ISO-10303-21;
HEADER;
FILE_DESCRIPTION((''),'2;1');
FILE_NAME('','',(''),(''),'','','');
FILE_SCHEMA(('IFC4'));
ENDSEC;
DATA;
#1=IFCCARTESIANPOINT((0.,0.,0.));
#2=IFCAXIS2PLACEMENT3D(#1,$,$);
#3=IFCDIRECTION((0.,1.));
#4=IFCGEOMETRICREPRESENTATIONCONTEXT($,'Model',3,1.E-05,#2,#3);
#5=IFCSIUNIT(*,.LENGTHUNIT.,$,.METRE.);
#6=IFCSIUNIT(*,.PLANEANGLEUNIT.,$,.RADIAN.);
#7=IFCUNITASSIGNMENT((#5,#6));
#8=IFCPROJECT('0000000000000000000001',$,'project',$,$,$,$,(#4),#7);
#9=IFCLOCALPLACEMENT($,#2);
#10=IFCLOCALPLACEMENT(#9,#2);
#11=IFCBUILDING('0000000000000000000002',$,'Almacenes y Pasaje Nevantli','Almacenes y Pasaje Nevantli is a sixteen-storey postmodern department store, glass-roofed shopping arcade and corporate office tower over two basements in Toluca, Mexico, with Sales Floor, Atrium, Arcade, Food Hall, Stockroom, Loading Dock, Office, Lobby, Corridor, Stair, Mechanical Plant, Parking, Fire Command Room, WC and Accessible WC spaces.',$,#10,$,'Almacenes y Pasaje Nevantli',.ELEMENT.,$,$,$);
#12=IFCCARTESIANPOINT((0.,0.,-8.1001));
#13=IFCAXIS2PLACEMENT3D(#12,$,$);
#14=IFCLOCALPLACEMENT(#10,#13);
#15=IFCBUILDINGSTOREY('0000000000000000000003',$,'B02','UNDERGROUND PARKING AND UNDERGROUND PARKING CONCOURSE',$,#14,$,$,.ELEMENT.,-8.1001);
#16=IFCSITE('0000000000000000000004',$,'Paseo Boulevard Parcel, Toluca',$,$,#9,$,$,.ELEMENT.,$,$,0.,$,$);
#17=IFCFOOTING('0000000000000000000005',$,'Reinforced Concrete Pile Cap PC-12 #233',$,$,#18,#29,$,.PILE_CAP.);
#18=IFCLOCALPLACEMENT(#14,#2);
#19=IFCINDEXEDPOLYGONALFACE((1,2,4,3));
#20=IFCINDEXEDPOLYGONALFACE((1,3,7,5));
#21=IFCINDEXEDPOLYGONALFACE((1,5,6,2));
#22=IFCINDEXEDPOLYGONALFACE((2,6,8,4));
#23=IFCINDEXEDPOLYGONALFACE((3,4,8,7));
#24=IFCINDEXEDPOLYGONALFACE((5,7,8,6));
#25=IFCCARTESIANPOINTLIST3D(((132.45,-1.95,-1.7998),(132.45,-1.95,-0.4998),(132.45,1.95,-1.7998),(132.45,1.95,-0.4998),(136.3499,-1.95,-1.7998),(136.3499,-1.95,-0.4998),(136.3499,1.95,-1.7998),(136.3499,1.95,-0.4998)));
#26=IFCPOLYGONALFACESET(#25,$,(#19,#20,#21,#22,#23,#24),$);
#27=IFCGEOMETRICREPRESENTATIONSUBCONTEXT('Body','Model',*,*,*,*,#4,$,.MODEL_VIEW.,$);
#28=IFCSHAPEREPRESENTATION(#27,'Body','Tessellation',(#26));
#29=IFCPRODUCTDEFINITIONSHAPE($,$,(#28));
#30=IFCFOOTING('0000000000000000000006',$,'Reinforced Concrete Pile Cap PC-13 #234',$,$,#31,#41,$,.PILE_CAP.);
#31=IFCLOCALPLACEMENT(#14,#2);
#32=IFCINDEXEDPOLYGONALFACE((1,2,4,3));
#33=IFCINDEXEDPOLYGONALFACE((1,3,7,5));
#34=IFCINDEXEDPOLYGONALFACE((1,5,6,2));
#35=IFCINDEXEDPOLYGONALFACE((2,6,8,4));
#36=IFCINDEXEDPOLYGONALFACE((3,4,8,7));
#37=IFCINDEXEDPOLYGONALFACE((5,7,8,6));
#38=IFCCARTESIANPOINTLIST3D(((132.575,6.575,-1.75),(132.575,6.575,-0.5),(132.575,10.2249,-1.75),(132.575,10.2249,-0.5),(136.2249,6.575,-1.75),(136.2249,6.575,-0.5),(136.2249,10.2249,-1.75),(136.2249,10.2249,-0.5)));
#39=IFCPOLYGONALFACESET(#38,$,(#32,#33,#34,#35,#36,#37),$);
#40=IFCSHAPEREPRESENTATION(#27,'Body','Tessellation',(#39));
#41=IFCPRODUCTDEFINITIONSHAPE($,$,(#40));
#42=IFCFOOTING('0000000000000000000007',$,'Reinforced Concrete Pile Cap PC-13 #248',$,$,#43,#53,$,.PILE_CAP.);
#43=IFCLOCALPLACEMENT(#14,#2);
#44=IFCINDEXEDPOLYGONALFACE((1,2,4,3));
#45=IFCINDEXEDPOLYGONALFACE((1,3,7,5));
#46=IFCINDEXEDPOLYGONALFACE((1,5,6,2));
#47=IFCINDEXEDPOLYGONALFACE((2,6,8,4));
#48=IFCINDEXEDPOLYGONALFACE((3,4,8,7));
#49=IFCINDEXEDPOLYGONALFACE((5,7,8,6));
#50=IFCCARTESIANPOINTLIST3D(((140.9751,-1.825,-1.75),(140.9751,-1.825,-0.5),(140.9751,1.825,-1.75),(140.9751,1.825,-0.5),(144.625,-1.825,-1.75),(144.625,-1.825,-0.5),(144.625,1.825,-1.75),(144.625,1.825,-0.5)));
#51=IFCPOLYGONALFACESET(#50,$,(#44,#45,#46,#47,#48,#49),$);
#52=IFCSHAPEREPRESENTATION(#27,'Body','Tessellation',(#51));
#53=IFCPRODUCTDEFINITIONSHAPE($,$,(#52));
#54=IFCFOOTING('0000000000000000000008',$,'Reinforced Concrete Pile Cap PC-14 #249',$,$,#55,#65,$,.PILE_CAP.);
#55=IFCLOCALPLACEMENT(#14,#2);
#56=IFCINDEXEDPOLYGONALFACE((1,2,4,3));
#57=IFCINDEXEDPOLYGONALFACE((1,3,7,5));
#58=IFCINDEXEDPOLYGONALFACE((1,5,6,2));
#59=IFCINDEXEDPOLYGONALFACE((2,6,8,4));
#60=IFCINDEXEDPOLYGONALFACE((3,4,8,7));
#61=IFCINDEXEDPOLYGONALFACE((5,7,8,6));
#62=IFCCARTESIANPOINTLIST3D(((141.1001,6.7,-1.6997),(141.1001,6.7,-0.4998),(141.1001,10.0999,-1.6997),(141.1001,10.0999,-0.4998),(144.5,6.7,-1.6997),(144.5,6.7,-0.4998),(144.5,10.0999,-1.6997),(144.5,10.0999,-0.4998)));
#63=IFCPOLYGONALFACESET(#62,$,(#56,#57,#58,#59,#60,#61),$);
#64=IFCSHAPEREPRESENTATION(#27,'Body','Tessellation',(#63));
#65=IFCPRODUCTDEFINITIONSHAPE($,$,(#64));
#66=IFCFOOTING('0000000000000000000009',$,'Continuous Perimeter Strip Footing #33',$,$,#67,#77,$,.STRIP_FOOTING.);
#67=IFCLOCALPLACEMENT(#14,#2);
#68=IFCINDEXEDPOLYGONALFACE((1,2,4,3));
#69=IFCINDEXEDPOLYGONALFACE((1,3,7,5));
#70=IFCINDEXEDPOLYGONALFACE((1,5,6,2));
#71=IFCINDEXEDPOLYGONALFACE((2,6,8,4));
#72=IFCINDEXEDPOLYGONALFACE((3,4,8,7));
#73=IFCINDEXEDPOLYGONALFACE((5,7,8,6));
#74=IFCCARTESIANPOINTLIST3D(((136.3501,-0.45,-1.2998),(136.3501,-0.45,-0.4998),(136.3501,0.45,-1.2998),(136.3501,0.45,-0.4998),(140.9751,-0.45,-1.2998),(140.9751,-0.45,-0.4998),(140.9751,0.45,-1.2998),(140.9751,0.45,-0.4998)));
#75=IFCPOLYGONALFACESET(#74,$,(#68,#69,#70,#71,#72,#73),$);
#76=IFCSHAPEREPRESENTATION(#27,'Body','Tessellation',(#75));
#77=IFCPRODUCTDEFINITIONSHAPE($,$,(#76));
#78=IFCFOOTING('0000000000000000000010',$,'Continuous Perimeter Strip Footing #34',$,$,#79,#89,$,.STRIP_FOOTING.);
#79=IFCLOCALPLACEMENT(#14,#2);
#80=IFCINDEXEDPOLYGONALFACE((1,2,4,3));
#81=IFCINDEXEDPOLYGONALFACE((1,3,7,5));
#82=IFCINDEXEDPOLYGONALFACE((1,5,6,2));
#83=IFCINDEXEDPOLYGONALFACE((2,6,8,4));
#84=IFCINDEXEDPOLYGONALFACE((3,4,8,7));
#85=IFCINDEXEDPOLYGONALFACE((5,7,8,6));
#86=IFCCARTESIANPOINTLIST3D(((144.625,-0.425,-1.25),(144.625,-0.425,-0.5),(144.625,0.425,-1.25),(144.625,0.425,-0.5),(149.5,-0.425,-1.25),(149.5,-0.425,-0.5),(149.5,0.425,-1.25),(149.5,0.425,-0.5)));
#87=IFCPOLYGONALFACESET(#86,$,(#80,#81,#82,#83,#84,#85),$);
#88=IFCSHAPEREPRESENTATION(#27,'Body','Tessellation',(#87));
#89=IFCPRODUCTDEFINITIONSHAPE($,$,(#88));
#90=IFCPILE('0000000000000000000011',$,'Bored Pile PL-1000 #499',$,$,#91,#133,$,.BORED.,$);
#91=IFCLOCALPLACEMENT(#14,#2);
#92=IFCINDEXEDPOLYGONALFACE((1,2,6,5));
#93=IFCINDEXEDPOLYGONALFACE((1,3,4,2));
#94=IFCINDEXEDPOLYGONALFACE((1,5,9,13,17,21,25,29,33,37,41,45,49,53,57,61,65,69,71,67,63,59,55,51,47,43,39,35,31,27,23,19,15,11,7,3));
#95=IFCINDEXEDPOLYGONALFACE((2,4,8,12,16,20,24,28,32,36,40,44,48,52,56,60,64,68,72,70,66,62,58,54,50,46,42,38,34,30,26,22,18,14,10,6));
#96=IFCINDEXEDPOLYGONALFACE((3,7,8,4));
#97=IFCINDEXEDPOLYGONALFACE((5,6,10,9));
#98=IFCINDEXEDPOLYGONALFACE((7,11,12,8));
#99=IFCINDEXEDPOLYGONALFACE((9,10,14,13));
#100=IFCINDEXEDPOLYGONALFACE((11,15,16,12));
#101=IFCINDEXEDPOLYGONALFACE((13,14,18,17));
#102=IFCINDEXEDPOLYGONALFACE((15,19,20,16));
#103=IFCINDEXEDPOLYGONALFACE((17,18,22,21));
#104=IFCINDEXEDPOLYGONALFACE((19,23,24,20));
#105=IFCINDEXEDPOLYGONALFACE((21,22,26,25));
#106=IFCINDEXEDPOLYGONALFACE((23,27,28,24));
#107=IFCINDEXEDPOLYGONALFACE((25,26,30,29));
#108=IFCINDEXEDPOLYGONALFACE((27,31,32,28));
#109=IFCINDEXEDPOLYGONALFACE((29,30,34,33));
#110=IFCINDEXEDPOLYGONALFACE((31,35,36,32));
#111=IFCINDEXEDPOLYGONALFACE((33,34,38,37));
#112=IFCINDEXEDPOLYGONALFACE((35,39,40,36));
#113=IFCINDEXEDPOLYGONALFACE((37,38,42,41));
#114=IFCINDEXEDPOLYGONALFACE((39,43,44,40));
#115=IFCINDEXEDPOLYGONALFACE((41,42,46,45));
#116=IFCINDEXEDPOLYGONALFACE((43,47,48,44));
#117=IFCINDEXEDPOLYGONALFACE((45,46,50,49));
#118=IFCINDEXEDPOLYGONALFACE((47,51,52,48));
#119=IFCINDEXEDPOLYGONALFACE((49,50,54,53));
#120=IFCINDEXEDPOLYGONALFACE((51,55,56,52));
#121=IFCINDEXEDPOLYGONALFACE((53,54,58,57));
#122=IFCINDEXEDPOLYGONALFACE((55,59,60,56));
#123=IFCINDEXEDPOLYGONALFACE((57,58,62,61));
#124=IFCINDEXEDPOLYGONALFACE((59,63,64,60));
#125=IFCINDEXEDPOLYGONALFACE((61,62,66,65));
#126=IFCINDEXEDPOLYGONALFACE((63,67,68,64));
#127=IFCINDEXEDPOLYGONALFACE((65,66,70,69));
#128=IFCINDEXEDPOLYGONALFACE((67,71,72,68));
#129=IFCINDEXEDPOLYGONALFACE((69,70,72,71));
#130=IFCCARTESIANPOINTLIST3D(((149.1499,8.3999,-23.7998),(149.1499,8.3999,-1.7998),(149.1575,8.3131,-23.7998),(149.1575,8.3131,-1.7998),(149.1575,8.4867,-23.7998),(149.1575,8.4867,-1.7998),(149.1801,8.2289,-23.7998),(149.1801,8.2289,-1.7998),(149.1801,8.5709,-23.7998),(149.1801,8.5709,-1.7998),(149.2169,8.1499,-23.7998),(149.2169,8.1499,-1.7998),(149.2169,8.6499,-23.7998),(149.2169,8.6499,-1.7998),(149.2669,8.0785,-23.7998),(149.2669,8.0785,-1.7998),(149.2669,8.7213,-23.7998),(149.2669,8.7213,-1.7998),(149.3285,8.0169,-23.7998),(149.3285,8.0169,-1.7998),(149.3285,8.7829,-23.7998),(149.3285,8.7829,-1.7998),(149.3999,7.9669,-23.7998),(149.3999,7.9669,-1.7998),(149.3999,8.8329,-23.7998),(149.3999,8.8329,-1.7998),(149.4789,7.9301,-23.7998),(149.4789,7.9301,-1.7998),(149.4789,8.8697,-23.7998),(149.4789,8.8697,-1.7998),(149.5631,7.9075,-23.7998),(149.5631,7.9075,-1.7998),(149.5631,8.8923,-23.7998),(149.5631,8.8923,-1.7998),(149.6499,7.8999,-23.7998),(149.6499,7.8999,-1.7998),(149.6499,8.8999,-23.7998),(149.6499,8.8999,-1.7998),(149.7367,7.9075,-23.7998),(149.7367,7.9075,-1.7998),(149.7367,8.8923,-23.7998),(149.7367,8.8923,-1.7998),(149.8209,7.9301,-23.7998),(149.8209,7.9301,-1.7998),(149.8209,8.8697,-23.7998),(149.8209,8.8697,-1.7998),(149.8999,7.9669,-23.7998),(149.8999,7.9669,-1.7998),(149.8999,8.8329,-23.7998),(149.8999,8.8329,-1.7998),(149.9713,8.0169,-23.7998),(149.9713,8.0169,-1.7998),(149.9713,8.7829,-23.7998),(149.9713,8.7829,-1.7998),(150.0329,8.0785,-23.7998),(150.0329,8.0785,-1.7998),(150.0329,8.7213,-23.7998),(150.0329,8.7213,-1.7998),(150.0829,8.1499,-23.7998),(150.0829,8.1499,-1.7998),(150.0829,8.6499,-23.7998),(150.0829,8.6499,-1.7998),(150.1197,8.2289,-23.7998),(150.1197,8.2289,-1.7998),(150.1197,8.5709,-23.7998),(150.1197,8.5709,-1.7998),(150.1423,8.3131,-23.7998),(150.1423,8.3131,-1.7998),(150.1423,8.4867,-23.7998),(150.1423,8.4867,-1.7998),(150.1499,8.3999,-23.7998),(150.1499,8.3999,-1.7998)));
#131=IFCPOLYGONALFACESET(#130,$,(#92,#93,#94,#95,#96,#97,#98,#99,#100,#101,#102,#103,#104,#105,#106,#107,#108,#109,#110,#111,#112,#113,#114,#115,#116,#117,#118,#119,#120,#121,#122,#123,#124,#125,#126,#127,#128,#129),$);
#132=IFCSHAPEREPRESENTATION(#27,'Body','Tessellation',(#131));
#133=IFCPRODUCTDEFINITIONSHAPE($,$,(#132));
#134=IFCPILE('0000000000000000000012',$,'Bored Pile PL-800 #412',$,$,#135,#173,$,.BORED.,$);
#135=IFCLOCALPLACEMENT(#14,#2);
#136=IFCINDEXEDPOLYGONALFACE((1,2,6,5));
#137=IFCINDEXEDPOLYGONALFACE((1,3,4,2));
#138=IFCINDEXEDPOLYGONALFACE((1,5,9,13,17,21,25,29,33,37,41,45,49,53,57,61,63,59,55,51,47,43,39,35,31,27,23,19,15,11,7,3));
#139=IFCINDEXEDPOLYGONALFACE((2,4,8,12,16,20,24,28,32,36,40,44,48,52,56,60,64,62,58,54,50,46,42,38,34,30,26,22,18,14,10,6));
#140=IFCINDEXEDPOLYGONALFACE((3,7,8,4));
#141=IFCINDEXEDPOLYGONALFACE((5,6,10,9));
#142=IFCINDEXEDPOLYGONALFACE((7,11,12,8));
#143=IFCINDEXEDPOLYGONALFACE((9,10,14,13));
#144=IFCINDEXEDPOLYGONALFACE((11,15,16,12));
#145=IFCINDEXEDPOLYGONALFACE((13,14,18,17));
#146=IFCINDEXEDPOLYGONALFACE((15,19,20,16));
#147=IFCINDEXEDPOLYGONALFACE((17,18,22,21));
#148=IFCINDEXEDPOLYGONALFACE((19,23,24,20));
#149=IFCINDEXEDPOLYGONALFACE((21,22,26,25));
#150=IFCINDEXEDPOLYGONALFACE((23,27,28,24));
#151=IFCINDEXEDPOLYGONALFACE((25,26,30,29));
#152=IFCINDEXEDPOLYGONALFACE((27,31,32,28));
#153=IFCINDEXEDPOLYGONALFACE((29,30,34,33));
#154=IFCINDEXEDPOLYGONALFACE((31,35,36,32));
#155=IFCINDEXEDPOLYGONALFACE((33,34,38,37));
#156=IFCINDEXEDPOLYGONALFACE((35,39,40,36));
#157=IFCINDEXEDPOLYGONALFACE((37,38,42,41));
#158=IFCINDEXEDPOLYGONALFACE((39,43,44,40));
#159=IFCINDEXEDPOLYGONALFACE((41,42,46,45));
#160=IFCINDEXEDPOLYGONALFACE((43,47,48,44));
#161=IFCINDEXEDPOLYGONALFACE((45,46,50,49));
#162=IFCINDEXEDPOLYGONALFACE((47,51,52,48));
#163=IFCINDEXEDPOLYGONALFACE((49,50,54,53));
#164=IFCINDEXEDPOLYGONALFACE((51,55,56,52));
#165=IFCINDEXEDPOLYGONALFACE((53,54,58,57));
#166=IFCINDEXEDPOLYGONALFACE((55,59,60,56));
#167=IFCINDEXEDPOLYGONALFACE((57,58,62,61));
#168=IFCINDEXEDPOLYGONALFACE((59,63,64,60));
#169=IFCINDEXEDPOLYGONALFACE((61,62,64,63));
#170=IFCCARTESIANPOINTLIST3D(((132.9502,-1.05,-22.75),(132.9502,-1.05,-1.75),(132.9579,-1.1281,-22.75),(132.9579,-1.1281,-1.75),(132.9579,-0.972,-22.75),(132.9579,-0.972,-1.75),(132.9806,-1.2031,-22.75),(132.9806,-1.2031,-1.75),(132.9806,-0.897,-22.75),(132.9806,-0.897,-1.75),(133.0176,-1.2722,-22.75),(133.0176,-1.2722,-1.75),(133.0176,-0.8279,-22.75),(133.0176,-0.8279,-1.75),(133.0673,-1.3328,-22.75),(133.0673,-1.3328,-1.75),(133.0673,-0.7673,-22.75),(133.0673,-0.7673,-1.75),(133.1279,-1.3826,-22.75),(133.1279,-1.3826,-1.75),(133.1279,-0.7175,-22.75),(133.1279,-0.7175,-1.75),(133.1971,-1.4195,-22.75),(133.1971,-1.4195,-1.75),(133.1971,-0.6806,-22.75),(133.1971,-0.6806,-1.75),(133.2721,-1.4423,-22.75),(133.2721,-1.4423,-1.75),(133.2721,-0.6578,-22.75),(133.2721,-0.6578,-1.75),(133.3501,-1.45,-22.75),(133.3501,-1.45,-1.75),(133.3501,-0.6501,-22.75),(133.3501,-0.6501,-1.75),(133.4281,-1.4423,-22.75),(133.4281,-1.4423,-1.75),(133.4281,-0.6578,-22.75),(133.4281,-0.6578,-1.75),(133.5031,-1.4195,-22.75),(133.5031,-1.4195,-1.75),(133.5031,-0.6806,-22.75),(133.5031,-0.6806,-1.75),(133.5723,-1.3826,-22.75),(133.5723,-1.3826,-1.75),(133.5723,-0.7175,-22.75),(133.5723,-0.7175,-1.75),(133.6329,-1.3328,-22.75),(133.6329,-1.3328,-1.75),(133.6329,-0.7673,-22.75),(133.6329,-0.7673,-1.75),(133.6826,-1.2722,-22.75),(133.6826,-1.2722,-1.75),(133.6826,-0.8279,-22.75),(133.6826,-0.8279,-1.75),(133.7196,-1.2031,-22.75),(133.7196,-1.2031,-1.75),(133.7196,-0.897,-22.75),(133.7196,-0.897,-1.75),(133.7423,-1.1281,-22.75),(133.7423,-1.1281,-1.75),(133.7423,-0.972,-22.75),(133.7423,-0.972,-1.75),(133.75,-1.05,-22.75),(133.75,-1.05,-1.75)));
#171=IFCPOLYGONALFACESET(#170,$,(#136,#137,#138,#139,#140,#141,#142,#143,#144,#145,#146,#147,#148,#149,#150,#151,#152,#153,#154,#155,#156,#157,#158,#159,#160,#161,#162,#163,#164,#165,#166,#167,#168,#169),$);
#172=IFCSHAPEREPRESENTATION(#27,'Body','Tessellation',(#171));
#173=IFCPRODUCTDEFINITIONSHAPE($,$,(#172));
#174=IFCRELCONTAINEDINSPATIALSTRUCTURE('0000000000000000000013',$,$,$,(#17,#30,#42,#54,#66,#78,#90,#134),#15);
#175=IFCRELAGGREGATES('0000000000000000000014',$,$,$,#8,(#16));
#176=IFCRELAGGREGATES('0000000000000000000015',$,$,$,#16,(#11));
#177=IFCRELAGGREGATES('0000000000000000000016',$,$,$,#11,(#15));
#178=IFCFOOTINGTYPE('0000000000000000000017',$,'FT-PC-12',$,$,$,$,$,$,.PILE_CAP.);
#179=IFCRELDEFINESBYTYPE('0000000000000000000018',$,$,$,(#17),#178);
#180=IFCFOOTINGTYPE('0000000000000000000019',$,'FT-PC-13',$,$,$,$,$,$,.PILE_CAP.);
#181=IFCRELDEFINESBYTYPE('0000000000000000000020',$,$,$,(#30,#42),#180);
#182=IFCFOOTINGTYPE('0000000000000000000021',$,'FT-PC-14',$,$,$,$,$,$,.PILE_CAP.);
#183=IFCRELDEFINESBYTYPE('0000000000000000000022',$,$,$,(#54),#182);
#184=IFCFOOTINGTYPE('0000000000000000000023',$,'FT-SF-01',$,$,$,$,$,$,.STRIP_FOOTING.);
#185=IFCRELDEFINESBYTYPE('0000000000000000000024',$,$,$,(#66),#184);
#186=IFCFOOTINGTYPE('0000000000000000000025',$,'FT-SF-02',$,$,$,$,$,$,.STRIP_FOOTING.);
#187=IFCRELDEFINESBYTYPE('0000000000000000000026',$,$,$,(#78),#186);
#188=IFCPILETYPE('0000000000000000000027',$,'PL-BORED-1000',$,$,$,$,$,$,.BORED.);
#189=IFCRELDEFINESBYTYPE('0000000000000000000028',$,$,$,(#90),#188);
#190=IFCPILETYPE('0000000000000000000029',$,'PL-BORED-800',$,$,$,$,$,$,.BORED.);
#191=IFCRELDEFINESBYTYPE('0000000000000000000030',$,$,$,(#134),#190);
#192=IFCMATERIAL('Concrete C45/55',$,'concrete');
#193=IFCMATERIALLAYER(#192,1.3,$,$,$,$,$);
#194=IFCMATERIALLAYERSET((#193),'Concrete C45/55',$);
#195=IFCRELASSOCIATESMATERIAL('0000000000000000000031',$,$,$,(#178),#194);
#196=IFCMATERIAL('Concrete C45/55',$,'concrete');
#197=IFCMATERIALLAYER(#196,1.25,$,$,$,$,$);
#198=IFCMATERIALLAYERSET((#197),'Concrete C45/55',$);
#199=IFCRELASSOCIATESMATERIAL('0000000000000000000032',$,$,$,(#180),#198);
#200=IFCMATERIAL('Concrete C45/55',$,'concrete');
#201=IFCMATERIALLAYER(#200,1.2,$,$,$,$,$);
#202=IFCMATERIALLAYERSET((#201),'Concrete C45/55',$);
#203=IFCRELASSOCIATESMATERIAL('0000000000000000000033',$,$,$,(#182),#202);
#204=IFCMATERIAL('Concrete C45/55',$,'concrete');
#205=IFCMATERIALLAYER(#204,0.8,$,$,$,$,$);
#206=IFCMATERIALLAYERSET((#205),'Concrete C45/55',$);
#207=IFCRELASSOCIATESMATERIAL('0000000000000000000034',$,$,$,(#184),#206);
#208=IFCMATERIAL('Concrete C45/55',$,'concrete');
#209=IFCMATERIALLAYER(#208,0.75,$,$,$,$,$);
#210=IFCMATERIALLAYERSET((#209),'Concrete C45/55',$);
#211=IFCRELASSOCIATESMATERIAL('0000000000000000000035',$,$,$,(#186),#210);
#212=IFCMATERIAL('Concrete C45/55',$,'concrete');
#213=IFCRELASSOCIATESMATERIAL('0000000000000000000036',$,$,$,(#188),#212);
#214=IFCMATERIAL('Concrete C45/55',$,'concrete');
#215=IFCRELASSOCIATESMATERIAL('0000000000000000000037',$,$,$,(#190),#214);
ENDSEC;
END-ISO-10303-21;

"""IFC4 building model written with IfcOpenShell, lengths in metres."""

from ifc_helpers import new_model, si_unit, direction, frame, origin, origin_2d, place, context, subcontext, project, spatial, rectangle, circle, extrude, material, layer, layer_set, material_profile, profile_set, type_object, element, save


model = new_model("IFC4")

# Units and contexts
model_context = context("Model", 3, precision=1e-05, world=origin(), true_north=direction((0.0, 1.0)))
body_context = subcontext(model_context, "Body", "Model", "MODEL_VIEW")
ifc_project = project(units=[si_unit("LENGTHUNIT", "METRE"), si_unit("PLANEANGLEUNIT", "RADIAN")], contexts=[model_context])

# Site, building, storey
site_placement = place(None, origin())
site = spatial("IfcSite", under=ifc_project, at=site_placement, Name="Paseo Boulevard Parcel, Toluca", CompositionType="ELEMENT", RefElevation=0.0)
building_placement = place(site_placement, origin())
building = spatial("IfcBuilding", under=site, at=building_placement, Name="Almacenes y Pasaje Nevantli", Description="Almacenes y Pasaje Nevantli is a sixteen-storey postmodern department store, glass-roofed shopping arcade and corporate office tower over two basements in Toluca, Mexico, with Sales Floor, Atrium, Arcade, Food Hall, Stockroom, Loading Dock, Office, Lobby, Corridor, Stair, Mechanical Plant, Parking, Fire Command Room, WC and Accessible WC spaces.", LongName="Almacenes y Pasaje Nevantli", CompositionType="ELEMENT")
storey_placement = place(building_placement, frame((0.0, 0.0, -8.1001)))
storey = spatial("IfcBuildingStorey", under=building, at=storey_placement, Name="B02", Description="UNDERGROUND PARKING AND UNDERGROUND PARKING CONCOURSE", CompositionType="ELEMENT", Elevation=-8.1001)

# Footings
ifc_material_1 = material(Name="Concrete C45/55", Category="concrete")
ifc_layer_1 = layer(ifc_material_1, 1.3)
ifc_layer_set_1 = layer_set([ifc_layer_1], Name="Concrete C45/55")
footing_type_1 = type_object("IfcFootingType", Name="FT-PC-12", PredefinedType="PILE_CAP", material=ifc_layer_set_1)
footing_1_placement = place(storey_placement, frame((134.3999, 0.0, -1.7998), z_axis=(0.0, 0.0, 1.0), x_axis=(1.0, 0.0, 0.0)))
element("IfcFooting", 1, at=footing_1_placement, inside=storey, type_object=footing_type_1, Name="Reinforced Concrete Pile Cap PC-12 #233", PredefinedType="PILE_CAP", context=body_context, shape_type="SweptSolid", body=[
    extrude(rectangle(XDim=3.8999, YDim=3.8999, at=origin_2d()), origin(), (0.0, 0.0, 1.0), 1.3),
])
ifc_material_2 = material(Name="Concrete C45/55", Category="concrete")
ifc_layer_2 = layer(ifc_material_2, 1.25)
ifc_layer_set_2 = layer_set([ifc_layer_2], Name="Concrete C45/55")
footing_type_2 = type_object("IfcFootingType", Name="FT-PC-13", PredefinedType="PILE_CAP", material=ifc_layer_set_2)
for number, where, z_axis, x_axis, name in (
    (2, (134.3999, 8.3999, -1.75), (0.0, 0.0, 1.0), (1.0, 0.0, 0.0), "Reinforced Concrete Pile Cap PC-13 #234"),
    (3, (142.8, 0.0, -1.75), (0.0, 0.0, 1.0), (1.0, 0.0, 0.0), "Reinforced Concrete Pile Cap PC-13 #248"),
):
    element("IfcFooting", number, at=place(storey_placement, frame(where, z_axis=z_axis, x_axis=x_axis)), inside=storey, type_object=footing_type_2, Name=name, PredefinedType="PILE_CAP", context=body_context, shape_type="SweptSolid", body=[
        extrude(rectangle(XDim=3.6499, YDim=3.6499, at=origin_2d()), origin(), (0.0, 0.0, 1.0), 1.25),
    ])
ifc_material_3 = material(Name="Concrete C45/55", Category="concrete")
ifc_layer_3 = layer(ifc_material_3, 1.2)
ifc_layer_set_3 = layer_set([ifc_layer_3], Name="Concrete C45/55")
footing_type_3 = type_object("IfcFootingType", Name="FT-PC-14", PredefinedType="PILE_CAP", material=ifc_layer_set_3)
footing_2_placement = place(storey_placement, frame((142.8, 8.3999, -1.6997), z_axis=(0.0, 0.0, 1.0), x_axis=(1.0, 0.0, 0.0)))
element("IfcFooting", 4, at=footing_2_placement, inside=storey, type_object=footing_type_3, Name="Reinforced Concrete Pile Cap PC-14 #249", PredefinedType="PILE_CAP", context=body_context, shape_type="SweptSolid", body=[
    extrude(rectangle(XDim=3.3999, YDim=3.3999, at=origin_2d()), origin(), (0.0, 0.0, 1.0), 1.2),
])
ifc_material_4 = material(Name="Concrete C45/55", Category="concrete")
ifc_layer_4 = layer(ifc_material_4, 0.8)
ifc_layer_set_4 = layer_set([ifc_layer_4], Name="Concrete C45/55")
footing_type_4 = type_object("IfcFootingType", Name="FT-SF-01", PredefinedType="STRIP_FOOTING", material=ifc_layer_set_4)
footing_3_placement = place(storey_placement, frame((138.6626, 0.0, -1.2998), z_axis=(0.0, 0.0, 1.0), x_axis=(1.0, 0.0, 0.0)))
element("IfcFooting", 5, at=footing_3_placement, inside=storey, type_object=footing_type_4, Name="Continuous Perimeter Strip Footing #33", PredefinedType="STRIP_FOOTING", context=body_context, shape_type="SweptSolid", body=[
    extrude(rectangle(XDim=4.625, YDim=0.8999, at=origin_2d()), origin(), (0.0, 0.0, 1.0), 0.8),
])
ifc_material_5 = material(Name="Concrete C45/55", Category="concrete")
ifc_layer_5 = layer(ifc_material_5, 0.75)
ifc_layer_set_5 = layer_set([ifc_layer_5], Name="Concrete C45/55")
footing_type_5 = type_object("IfcFootingType", Name="FT-SF-02", PredefinedType="STRIP_FOOTING", material=ifc_layer_set_5)
footing_4_placement = place(storey_placement, frame((147.0625, 0.0, -1.25), z_axis=(0.0, 0.0, 1.0), x_axis=(1.0, 0.0, 0.0)))
element("IfcFooting", 6, at=footing_4_placement, inside=storey, type_object=footing_type_5, Name="Continuous Perimeter Strip Footing #34", PredefinedType="STRIP_FOOTING", context=body_context, shape_type="SweptSolid", body=[
    extrude(rectangle(XDim=4.875, YDim=0.8501, at=origin_2d()), origin(), (0.0, 0.0, 1.0), 0.75),
])

# Piles
ifc_material_6 = material(Name="Concrete C45/55", Category="concrete")
ifc_material_profile_1 = material_profile(ifc_material_6, circle(Radius=0.5, at=origin_2d()), Name="RC-PILE-D1000")
ifc_profile_set_1 = profile_set([ifc_material_profile_1], Name="Concrete C45/55")
pile_type_1 = type_object("IfcPileType", Name="PL-BORED-1000", PredefinedType="BORED", material=ifc_profile_set_1)
pile_placement = place(storey_placement, frame((149.6499, 8.3999, -1.7998), z_axis=(0.0, 0.0, -1.0), x_axis=(1.0, 0.0, 0.0)))
element("IfcPile", 7, at=pile_placement, inside=storey, type_object=pile_type_1, Name="Bored Pile PL-1000 #499", PredefinedType="BORED", context=body_context, shape_type="SweptSolid", body=[
    extrude(circle(Radius=0.5, at=origin_2d()), origin(), (0.0, 0.0, 1.0), 22.0),
])
ifc_material_7 = material(Name="Concrete C45/55", Category="concrete")
ifc_material_profile_2 = material_profile(ifc_material_7, circle(Radius=0.3999, at=origin_2d()), Name="RC-PILE-D800")
ifc_profile_set_2 = profile_set([ifc_material_profile_2], Name="Concrete C45/55")
pile_type_2 = type_object("IfcPileType", Name="PL-BORED-800", PredefinedType="BORED", material=ifc_profile_set_2)
for number, where, z_axis, x_axis, name in (
    (8, (133.3501, -1.05, -1.75), (0.0, 0.0, -1.0), (1.0, 0.0, 0.0), "Bored Pile PL-800 #412"),
):
    element("IfcPile", number, at=place(storey_placement, frame(where, z_axis=z_axis, x_axis=x_axis)), inside=storey, type_object=pile_type_2, Name=name, PredefinedType="BORED", context=body_context, shape_type="SweptSolid", body=[
        extrude(circle(Radius=0.3999, at=origin_2d()), origin(), (0.0, 0.0, 1.0), 21.0),
    ])

save(model, "model.ifc")
